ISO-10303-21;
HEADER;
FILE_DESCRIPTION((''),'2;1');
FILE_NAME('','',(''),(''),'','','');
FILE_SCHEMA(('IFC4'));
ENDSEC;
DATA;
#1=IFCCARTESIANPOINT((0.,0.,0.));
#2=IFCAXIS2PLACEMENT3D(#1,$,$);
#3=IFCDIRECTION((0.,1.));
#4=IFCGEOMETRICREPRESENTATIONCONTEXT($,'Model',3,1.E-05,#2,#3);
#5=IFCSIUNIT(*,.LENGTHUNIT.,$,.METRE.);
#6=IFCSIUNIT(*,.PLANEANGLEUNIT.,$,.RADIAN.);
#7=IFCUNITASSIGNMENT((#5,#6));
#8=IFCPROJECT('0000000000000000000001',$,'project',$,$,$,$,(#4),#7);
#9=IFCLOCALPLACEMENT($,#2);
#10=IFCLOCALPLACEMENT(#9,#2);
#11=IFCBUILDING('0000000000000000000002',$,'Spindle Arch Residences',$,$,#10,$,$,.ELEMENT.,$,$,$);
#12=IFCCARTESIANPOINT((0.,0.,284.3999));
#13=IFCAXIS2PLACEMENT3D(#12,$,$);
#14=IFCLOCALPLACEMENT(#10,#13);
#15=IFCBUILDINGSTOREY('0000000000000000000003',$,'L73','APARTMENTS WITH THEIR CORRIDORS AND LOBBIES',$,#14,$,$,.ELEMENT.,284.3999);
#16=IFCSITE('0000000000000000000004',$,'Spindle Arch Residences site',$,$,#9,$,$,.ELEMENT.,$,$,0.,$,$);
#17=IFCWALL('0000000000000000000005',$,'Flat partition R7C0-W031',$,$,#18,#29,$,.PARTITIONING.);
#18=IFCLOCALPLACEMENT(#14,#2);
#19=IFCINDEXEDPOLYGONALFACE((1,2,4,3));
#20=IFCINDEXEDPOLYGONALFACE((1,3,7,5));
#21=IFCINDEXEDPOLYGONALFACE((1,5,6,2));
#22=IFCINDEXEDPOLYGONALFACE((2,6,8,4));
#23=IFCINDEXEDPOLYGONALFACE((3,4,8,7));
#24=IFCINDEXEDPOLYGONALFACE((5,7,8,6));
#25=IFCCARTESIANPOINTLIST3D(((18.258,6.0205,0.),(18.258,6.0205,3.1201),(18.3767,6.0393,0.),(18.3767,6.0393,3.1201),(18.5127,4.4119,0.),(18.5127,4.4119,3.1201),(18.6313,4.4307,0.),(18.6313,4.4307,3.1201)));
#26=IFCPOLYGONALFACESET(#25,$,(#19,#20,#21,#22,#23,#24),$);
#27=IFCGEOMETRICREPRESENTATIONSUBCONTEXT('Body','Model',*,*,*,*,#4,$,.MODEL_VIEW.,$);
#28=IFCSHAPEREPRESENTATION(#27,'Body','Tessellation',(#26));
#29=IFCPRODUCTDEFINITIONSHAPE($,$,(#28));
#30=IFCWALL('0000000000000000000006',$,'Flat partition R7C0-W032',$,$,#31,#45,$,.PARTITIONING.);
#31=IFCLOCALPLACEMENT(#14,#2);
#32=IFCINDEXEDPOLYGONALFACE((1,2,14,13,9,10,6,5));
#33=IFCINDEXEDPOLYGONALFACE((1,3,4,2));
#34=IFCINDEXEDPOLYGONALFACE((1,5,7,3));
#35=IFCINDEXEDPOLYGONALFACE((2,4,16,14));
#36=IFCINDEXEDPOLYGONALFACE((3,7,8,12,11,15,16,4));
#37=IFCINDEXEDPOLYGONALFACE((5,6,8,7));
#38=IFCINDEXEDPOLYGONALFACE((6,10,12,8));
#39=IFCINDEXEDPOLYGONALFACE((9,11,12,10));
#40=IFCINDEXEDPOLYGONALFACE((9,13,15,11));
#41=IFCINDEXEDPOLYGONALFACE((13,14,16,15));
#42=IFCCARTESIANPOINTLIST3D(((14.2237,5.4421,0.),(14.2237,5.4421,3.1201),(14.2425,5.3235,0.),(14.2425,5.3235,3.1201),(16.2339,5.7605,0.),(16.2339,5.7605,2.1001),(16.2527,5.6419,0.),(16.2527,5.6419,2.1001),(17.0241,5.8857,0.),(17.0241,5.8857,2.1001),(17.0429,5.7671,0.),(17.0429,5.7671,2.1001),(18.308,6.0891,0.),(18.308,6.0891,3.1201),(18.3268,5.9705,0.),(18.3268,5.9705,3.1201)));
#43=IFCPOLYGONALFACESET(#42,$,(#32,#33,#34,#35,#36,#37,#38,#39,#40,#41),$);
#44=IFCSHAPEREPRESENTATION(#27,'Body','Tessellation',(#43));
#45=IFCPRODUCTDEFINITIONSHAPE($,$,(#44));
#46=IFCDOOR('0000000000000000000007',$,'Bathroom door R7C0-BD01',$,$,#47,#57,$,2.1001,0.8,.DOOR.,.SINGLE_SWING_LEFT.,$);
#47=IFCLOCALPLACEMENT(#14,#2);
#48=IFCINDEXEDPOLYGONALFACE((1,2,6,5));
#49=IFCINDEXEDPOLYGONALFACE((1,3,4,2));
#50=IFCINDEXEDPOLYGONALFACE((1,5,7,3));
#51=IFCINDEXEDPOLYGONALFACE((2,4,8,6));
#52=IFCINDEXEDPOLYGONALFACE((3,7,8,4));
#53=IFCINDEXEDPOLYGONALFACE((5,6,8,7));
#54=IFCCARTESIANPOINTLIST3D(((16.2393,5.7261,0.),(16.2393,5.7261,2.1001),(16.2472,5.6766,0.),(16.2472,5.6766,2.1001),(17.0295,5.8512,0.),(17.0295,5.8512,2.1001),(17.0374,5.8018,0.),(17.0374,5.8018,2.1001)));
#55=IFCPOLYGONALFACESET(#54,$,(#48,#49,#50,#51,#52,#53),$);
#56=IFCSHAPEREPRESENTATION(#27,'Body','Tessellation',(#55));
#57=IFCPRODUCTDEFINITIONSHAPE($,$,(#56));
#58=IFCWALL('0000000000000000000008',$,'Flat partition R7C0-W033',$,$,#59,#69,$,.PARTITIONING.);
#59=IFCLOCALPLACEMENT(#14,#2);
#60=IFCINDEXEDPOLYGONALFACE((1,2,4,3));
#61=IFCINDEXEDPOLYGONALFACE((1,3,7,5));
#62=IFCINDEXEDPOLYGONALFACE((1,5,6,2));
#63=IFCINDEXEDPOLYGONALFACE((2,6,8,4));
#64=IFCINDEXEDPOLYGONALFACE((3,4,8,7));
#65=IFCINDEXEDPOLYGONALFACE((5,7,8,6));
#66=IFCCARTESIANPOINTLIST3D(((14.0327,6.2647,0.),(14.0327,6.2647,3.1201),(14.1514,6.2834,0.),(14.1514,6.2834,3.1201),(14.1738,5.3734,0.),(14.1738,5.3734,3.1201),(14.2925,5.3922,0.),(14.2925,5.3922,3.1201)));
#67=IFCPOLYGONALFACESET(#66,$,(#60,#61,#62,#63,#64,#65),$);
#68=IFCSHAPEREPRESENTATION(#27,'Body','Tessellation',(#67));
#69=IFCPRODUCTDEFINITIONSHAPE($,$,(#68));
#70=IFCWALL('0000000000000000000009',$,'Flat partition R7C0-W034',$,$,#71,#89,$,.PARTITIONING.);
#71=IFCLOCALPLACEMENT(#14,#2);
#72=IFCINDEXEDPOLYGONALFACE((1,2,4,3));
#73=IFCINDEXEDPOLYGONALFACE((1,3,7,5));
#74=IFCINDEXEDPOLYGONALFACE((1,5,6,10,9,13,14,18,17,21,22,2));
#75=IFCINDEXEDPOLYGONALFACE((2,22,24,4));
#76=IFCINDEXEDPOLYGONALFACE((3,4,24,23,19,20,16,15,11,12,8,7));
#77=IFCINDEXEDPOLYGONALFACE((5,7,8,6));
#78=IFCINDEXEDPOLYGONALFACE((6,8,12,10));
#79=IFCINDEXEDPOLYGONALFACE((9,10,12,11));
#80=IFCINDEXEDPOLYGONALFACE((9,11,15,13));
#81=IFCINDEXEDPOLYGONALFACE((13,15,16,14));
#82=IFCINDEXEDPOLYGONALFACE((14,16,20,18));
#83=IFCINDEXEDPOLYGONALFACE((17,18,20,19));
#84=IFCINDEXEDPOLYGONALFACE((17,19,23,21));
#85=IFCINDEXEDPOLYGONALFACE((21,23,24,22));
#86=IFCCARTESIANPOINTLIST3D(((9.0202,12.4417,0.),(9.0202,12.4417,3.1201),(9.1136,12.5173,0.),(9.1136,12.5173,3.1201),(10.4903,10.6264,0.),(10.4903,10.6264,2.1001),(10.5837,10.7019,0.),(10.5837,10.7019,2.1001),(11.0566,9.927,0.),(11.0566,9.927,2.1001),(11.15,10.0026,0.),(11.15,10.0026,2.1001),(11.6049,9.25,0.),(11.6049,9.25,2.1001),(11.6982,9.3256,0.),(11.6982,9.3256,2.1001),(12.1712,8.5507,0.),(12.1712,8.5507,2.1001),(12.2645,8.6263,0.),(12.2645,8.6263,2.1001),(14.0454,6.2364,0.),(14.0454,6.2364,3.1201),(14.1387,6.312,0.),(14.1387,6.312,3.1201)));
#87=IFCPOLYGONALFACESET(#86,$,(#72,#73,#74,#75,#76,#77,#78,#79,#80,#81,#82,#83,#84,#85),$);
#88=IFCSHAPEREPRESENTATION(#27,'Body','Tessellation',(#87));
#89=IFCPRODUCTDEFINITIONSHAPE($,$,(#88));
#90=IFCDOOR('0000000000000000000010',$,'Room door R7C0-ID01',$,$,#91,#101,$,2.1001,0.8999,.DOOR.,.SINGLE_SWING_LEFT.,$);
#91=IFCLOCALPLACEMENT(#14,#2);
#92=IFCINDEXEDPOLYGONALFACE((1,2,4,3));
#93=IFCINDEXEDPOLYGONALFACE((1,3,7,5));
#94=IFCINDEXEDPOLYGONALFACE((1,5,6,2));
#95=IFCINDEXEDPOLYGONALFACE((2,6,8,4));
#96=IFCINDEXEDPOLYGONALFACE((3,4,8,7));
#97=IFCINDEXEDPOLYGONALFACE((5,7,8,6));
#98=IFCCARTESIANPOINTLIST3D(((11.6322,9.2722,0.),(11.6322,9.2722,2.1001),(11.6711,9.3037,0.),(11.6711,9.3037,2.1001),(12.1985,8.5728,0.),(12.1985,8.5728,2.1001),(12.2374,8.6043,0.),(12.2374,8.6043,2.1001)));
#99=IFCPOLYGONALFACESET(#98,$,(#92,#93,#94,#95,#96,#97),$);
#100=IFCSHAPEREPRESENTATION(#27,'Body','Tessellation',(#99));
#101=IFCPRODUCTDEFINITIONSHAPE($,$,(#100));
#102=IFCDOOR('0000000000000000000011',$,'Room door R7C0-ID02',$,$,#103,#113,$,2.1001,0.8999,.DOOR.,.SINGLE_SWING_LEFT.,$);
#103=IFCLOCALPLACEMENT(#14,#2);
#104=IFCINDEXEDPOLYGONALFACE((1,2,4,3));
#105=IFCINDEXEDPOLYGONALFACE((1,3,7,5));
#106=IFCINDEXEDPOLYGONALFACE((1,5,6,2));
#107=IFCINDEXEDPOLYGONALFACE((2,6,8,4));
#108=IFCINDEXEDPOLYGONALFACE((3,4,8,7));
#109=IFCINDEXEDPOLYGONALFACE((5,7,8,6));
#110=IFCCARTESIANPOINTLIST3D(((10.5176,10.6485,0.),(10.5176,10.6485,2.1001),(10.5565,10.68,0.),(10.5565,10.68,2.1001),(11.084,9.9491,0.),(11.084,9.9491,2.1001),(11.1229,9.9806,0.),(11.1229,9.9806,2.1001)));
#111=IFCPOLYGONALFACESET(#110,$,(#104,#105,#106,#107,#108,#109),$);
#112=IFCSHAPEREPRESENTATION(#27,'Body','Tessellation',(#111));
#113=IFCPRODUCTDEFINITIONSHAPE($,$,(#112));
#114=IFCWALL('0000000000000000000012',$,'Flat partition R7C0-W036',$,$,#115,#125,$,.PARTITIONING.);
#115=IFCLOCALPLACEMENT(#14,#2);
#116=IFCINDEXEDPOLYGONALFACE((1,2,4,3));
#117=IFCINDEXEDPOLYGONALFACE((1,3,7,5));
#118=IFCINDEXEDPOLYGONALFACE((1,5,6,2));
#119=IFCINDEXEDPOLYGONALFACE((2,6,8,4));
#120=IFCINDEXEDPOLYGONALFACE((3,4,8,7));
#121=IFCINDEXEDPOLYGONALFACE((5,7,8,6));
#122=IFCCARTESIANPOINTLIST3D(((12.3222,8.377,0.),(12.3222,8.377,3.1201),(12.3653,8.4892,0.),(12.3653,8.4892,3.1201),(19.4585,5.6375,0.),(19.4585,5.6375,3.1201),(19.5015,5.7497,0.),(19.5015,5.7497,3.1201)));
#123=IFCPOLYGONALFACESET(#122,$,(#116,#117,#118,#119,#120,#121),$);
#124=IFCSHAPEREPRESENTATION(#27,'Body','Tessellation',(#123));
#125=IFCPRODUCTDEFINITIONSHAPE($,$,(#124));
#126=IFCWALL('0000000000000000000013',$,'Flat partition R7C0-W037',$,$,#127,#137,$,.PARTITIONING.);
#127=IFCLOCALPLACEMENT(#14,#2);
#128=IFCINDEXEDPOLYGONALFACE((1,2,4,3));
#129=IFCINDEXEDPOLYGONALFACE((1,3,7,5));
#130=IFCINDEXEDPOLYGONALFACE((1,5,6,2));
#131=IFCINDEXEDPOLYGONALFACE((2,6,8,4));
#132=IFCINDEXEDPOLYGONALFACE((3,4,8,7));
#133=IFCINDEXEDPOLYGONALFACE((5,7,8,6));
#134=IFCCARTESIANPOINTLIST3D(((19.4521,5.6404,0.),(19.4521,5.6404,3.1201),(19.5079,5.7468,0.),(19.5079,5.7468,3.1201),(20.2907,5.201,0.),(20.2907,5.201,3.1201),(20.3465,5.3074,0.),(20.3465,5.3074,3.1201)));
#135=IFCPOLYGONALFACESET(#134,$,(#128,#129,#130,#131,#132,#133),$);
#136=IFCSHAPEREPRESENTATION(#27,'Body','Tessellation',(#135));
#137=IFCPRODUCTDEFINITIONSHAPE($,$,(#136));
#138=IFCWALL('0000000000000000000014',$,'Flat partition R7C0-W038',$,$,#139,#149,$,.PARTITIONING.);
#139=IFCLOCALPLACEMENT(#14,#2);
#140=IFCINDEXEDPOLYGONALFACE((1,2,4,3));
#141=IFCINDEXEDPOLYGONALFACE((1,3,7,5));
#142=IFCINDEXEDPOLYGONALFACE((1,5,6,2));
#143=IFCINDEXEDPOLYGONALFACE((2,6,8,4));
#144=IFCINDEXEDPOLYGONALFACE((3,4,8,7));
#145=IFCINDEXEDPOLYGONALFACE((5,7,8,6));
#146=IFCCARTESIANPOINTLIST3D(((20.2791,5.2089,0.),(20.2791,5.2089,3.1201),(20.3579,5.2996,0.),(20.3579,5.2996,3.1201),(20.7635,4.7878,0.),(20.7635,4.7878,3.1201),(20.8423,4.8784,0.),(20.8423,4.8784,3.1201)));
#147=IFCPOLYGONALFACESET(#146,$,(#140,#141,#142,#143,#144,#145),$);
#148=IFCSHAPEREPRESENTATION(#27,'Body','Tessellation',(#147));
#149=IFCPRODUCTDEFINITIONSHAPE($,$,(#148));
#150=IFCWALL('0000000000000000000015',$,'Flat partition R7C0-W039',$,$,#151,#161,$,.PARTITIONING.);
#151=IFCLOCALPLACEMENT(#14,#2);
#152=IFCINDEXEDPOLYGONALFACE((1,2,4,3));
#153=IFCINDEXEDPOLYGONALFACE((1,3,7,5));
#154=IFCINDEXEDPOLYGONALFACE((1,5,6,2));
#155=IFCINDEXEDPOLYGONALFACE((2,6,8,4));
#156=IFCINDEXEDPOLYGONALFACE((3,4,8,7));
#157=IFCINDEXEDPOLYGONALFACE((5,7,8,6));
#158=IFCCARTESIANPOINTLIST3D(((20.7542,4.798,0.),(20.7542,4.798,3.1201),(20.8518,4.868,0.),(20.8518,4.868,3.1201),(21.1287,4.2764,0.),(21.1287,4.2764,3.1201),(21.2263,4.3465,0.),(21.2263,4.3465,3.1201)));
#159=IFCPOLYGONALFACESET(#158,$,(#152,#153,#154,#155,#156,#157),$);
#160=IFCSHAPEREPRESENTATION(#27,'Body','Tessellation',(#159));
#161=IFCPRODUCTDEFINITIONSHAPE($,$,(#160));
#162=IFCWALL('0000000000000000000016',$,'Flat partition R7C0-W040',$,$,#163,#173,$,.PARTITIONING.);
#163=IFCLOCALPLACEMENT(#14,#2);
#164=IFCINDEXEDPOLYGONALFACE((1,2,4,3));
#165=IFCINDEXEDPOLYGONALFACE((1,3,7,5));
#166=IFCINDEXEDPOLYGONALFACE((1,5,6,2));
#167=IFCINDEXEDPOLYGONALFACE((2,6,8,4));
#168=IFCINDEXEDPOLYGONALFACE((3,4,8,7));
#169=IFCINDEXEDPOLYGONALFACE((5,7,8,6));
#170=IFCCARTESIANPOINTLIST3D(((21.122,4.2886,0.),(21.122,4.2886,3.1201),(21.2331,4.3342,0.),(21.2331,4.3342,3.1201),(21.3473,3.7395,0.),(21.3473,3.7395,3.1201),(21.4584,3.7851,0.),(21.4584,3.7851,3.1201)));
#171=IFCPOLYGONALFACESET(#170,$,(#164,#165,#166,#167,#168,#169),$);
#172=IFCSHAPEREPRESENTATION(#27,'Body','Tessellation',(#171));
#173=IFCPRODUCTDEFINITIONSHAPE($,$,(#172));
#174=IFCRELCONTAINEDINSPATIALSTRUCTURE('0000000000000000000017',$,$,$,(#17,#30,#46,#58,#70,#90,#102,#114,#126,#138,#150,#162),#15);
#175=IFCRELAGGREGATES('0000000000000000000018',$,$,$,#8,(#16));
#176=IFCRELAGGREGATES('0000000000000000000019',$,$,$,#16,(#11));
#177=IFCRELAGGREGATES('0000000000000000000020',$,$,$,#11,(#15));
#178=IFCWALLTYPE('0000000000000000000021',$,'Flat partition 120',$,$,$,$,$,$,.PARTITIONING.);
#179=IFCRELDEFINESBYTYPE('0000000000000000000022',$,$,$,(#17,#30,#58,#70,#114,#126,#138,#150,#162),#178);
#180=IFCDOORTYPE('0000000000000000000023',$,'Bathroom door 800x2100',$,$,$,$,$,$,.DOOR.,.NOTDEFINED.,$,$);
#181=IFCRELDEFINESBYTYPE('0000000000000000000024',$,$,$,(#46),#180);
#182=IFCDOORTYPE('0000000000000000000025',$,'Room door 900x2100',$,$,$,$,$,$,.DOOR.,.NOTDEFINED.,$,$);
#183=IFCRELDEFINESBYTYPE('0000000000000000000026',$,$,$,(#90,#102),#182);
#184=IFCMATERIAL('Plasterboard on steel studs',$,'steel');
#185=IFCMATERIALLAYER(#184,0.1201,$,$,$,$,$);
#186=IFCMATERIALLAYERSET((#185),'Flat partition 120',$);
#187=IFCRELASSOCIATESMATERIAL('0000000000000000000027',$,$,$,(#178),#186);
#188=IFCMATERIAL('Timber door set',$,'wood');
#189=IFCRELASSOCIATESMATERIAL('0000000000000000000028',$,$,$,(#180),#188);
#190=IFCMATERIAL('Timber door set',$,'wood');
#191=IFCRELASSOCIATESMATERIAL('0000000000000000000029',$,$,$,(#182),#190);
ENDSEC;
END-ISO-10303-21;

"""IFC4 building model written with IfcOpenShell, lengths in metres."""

from ifc_helpers import new_model, si_unit, direction, frame, frame_2d, origin, place, context, subcontext, project, spatial, rectangle, extrude, material, layer, layer_set, type_object, element, fill, save


model = new_model("IFC4")

# Units and contexts
model_context = context("Model", 3, precision=1e-05, world=origin(), true_north=direction((0.0, 1.0)))
body_context = subcontext(model_context, "Body", "Model", "MODEL_VIEW")
ifc_project = project(units=[si_unit("LENGTHUNIT", "METRE"), si_unit("PLANEANGLEUNIT", "RADIAN")], contexts=[model_context])

# Site, building, storey
site_placement = place(None, origin())
site = spatial("IfcSite", under=ifc_project, at=site_placement, Name="Spindle Arch Residences site", CompositionType="ELEMENT", RefElevation=0.0)
building_placement = place(site_placement, origin())
building = spatial("IfcBuilding", under=site, at=building_placement, Name="Spindle Arch Residences", CompositionType="ELEMENT")
storey_placement = place(building_placement, frame((0.0, 0.0, 284.3999)))
storey = spatial("IfcBuildingStorey", under=building, at=storey_placement, Name="L73", Description="APARTMENTS WITH THEIR CORRIDORS AND LOBBIES", CompositionType="ELEMENT", Elevation=284.3999)

# Wall
ifc_material_1 = material(Name="Plasterboard on steel studs", Category="steel")
ifc_layer_1 = layer(ifc_material_1, 0.1201)
ifc_layer_set_1 = layer_set([ifc_layer_1], Name="Flat partition 120")
wall_type_1 = type_object("IfcWallType", Name="Flat partition 120", PredefinedType="PARTITIONING", material=ifc_layer_set_1)
wall_1_placement = place(storey_placement, frame((18.572, 4.4211, 0.0), z_axis=(0.0, 0.0, 1.0), x_axis=(-0.156347, 0.987702, 0.0)))
element("IfcWall", 1, at=wall_1_placement, inside=storey, type_object=wall_type_1, Name="Flat partition R7C0-W031", PredefinedType="PARTITIONING", context=body_context, shape_type="SweptSolid", body=[
    extrude(rectangle(XDim=1.6287, YDim=0.1201, at=frame_2d((0.8145, 0.0))), origin(), (0.0, 0.0, 1.0), 3.1201),
])

# Wall, opening, door
wall_2_placement = place(storey_placement, frame((18.3174, 6.0298, 0.0), z_axis=(0.0, 0.0, 1.0), x_axis=(-0.987685, -0.156457, 0.0)))
wall_2 = element("IfcWall", 2, at=wall_2_placement, inside=storey, type_object=wall_type_1, Name="Flat partition R7C0-W032", PredefinedType="PARTITIONING", context=body_context, shape_type="SweptSolid", body=[
    extrude(rectangle(XDim=4.1353, YDim=0.1201, at=frame_2d((2.0676, 0.0))), origin(), (0.0, 0.0, 1.0), 3.1201),
])
opening_1_placement = place(wall_2_placement, frame((1.3, 0.0, 0.0)))
opening_1 = element("IfcOpeningElement", 3, at=opening_1_placement, cuts=wall_2, PredefinedType="OPENING", context=body_context, shape_type="SweptSolid", body=[
    extrude(rectangle(XDim=0.8, YDim=2.1001, at=frame_2d((0.3999, 1.05))), frame((0.0, 0.0701, 0.0), z_axis=(0.0, -1.0, 0.0), x_axis=(1.0, 0.0, 0.0)), (0.0, 0.0, 1.0), 0.1401),
])
ifc_material_2 = material(Name="Timber door set", Category="wood")
door_type_1 = type_object("IfcDoorType", Name="Bathroom door 800x2100", OperationType="NOTDEFINED", PredefinedType="DOOR", material=ifc_material_2)
door_1_placement = place(opening_1_placement, origin())
door_1 = element("IfcDoor", 4, at=door_1_placement, inside=storey, type_object=door_type_1, Name="Bathroom door R7C0-BD01", OperationType="SINGLE_SWING_LEFT", OverallHeight=2.1001, OverallWidth=0.8, PredefinedType="DOOR", context=body_context, shape_type="SweptSolid", body=[
    extrude(rectangle(XDim=0.8, YDim=2.1001, at=frame_2d((0.3999, 1.05))), frame((0.0, 0.0249, 0.0), z_axis=(0.0, -1.0, 0.0), x_axis=(1.0, 0.0, 0.0)), (0.0, 0.0, 1.0), 0.05),
])
fill(opening_1, door_1)

# Wall
wall_3_placement = place(storey_placement, frame((14.2332, 5.3828, 0.0), z_axis=(0.0, 0.0, 1.0), x_axis=(-0.156365, 0.987699, 0.0)))
element("IfcWall", 5, at=wall_3_placement, inside=storey, type_object=wall_type_1, Name="Flat partition R7C0-W033", PredefinedType="PARTITIONING", context=body_context, shape_type="SweptSolid", body=[
    extrude(rectangle(XDim=0.9023, YDim=0.1201, at=frame_2d((0.4512, 0.0))), origin(), (0.0, 0.0, 1.0), 3.1201),
])

# Wall, openings, doors
wall_4_placement = place(storey_placement, frame((14.092, 6.2742, 0.0), z_axis=(0.0, 0.0, 1.0), x_axis=(-0.629334, 0.777135, 0.0)))
wall_4 = element("IfcWall", 6, at=wall_4_placement, inside=storey, type_object=wall_type_1, Name="Flat partition R7C0-W034", PredefinedType="PARTITIONING", context=body_context, shape_type="SweptSolid", body=[
    extrude(rectangle(XDim=7.9849, YDim=0.1201, at=frame_2d((3.9924, 0.0))), origin(), (0.0, 0.0, 1.0), 3.1201),
])
opening_2_placement = place(wall_4_placement, frame((2.978, 0.0, 0.0)))
opening_2 = element("IfcOpeningElement", 7, at=opening_2_placement, cuts=wall_4, PredefinedType="OPENING", context=body_context, shape_type="SweptSolid", body=[
    extrude(rectangle(XDim=0.8999, YDim=2.1001, at=frame_2d((0.45, 1.05))), frame((0.0, 0.0701, 0.0), z_axis=(0.0, -1.0, 0.0), x_axis=(1.0, 0.0, 0.0)), (0.0, 0.0, 1.0), 0.1401),
])
opening_3_placement = place(wall_4_placement, frame((4.749, 0.0, 0.0)))
opening_3 = element("IfcOpeningElement", 8, at=opening_3_placement, cuts=wall_4, PredefinedType="OPENING", context=body_context, shape_type="SweptSolid", body=[
    extrude(rectangle(XDim=0.8999, YDim=2.1001, at=frame_2d((0.45, 1.05))), frame((0.0, 0.0701, 0.0), z_axis=(0.0, -1.0, 0.0), x_axis=(1.0, 0.0, 0.0)), (0.0, 0.0, 1.0), 0.1401),
])
ifc_material_3 = material(Name="Timber door set", Category="wood")
door_type_2 = type_object("IfcDoorType", Name="Room door 900x2100", OperationType="NOTDEFINED", PredefinedType="DOOR", material=ifc_material_3)
door_2_placement = place(opening_2_placement, origin())
door_2 = element("IfcDoor", 9, at=door_2_placement, inside=storey, type_object=door_type_2, Name="Room door R7C0-ID01", OperationType="SINGLE_SWING_LEFT", OverallHeight=2.1001, OverallWidth=0.8999, PredefinedType="DOOR", context=body_context, shape_type="SweptSolid", body=[
    extrude(rectangle(XDim=0.8999, YDim=2.1001, at=frame_2d((0.45, 1.05))), frame((0.0, 0.0249, 0.0), z_axis=(0.0, -1.0, 0.0), x_axis=(1.0, 0.0, 0.0)), (0.0, 0.0, 1.0), 0.05),
])
fill(opening_2, door_2)
door_3_placement = place(opening_3_placement, origin())
door_3 = element("IfcDoor", 10, at=door_3_placement, inside=storey, type_object=door_type_2, Name="Room door R7C0-ID02", OperationType="SINGLE_SWING_LEFT", OverallHeight=2.1001, OverallWidth=0.8999, PredefinedType="DOOR", context=body_context, shape_type="SweptSolid", body=[
    extrude(rectangle(XDim=0.8999, YDim=2.1001, at=frame_2d((0.45, 1.05))), frame((0.0, 0.0249, 0.0), z_axis=(0.0, -1.0, 0.0), x_axis=(1.0, 0.0, 0.0)), (0.0, 0.0, 1.0), 0.05),
])
fill(opening_3, door_3)

# Walls
wall_5_placement = place(storey_placement, frame((12.3438, 8.4331, 0.0), z_axis=(0.0, 0.0, 1.0), x_axis=(0.933573, -0.358386, 0.0)))
element("IfcWall", 11, at=wall_5_placement, inside=storey, type_object=wall_type_1, Name="Flat partition R7C0-W036", PredefinedType="PARTITIONING", context=body_context, shape_type="SweptSolid", body=[
    extrude(rectangle(XDim=7.644, YDim=0.1201, at=frame_2d((3.822, 0.0))), origin(), (0.0, 0.0, 1.0), 3.1201),
])
wall_6_placement = place(storey_placement, frame((19.48, 5.6936, 0.0), z_axis=(0.0, 0.0, 1.0), x_axis=(0.885756, -0.464152, 0.0)))
element("IfcWall", 12, at=wall_6_placement, inside=storey, type_object=wall_type_1, Name="Flat partition R7C0-W037", PredefinedType="PARTITIONING", context=body_context, shape_type="SweptSolid", body=[
    extrude(rectangle(XDim=0.9468, YDim=0.1201, at=frame_2d((0.4734, 0.0))), origin(), (0.0, 0.0, 1.0), 3.1201),
])
wall_7_placement = place(storey_placement, frame((20.3186, 5.2542, 0.0), z_axis=(0.0, 0.0, 1.0), x_axis=(0.754646, -0.656132, 0.0)))
element("IfcWall", 13, at=wall_7_placement, inside=storey, type_object=wall_type_1, Name="Flat partition R7C0-W038", PredefinedType="PARTITIONING", context=body_context, shape_type="SweptSolid", body=[
    extrude(rectangle(XDim=0.6418, YDim=0.1201, at=frame_2d((0.3208, 0.0))), origin(), (0.0, 0.0, 1.0), 3.1201),
])
wall_8_placement = place(storey_placement, frame((20.803, 4.833, 0.0), z_axis=(0.0, 0.0, 1.0), x_axis=(0.583323, -0.812241, 0.0)))
element("IfcWall", 14, at=wall_8_placement, inside=storey, type_object=wall_type_1, Name="Flat partition R7C0-W039", PredefinedType="PARTITIONING", context=body_context, shape_type="SweptSolid", body=[
    extrude(rectangle(XDim=0.6421, YDim=0.1201, at=frame_2d((0.321, 0.0))), origin(), (0.0, 0.0, 1.0), 3.1201),
])
wall_9_placement = place(storey_placement, frame((21.1775, 4.3115, 0.0), z_axis=(0.0, 0.0, 1.0), x_axis=(0.379674, -0.92512, 0.0)))
element("IfcWall", 15, at=wall_9_placement, inside=storey, type_object=wall_type_1, Name="Flat partition R7C0-W040", PredefinedType="PARTITIONING", context=body_context, shape_type="SweptSolid", body=[
    extrude(rectangle(XDim=0.5935, YDim=0.1201, at=frame_2d((0.2969, 0.0))), origin(), (0.0, 0.0, 1.0), 3.1201),
])

save(model, "model.ifc")
